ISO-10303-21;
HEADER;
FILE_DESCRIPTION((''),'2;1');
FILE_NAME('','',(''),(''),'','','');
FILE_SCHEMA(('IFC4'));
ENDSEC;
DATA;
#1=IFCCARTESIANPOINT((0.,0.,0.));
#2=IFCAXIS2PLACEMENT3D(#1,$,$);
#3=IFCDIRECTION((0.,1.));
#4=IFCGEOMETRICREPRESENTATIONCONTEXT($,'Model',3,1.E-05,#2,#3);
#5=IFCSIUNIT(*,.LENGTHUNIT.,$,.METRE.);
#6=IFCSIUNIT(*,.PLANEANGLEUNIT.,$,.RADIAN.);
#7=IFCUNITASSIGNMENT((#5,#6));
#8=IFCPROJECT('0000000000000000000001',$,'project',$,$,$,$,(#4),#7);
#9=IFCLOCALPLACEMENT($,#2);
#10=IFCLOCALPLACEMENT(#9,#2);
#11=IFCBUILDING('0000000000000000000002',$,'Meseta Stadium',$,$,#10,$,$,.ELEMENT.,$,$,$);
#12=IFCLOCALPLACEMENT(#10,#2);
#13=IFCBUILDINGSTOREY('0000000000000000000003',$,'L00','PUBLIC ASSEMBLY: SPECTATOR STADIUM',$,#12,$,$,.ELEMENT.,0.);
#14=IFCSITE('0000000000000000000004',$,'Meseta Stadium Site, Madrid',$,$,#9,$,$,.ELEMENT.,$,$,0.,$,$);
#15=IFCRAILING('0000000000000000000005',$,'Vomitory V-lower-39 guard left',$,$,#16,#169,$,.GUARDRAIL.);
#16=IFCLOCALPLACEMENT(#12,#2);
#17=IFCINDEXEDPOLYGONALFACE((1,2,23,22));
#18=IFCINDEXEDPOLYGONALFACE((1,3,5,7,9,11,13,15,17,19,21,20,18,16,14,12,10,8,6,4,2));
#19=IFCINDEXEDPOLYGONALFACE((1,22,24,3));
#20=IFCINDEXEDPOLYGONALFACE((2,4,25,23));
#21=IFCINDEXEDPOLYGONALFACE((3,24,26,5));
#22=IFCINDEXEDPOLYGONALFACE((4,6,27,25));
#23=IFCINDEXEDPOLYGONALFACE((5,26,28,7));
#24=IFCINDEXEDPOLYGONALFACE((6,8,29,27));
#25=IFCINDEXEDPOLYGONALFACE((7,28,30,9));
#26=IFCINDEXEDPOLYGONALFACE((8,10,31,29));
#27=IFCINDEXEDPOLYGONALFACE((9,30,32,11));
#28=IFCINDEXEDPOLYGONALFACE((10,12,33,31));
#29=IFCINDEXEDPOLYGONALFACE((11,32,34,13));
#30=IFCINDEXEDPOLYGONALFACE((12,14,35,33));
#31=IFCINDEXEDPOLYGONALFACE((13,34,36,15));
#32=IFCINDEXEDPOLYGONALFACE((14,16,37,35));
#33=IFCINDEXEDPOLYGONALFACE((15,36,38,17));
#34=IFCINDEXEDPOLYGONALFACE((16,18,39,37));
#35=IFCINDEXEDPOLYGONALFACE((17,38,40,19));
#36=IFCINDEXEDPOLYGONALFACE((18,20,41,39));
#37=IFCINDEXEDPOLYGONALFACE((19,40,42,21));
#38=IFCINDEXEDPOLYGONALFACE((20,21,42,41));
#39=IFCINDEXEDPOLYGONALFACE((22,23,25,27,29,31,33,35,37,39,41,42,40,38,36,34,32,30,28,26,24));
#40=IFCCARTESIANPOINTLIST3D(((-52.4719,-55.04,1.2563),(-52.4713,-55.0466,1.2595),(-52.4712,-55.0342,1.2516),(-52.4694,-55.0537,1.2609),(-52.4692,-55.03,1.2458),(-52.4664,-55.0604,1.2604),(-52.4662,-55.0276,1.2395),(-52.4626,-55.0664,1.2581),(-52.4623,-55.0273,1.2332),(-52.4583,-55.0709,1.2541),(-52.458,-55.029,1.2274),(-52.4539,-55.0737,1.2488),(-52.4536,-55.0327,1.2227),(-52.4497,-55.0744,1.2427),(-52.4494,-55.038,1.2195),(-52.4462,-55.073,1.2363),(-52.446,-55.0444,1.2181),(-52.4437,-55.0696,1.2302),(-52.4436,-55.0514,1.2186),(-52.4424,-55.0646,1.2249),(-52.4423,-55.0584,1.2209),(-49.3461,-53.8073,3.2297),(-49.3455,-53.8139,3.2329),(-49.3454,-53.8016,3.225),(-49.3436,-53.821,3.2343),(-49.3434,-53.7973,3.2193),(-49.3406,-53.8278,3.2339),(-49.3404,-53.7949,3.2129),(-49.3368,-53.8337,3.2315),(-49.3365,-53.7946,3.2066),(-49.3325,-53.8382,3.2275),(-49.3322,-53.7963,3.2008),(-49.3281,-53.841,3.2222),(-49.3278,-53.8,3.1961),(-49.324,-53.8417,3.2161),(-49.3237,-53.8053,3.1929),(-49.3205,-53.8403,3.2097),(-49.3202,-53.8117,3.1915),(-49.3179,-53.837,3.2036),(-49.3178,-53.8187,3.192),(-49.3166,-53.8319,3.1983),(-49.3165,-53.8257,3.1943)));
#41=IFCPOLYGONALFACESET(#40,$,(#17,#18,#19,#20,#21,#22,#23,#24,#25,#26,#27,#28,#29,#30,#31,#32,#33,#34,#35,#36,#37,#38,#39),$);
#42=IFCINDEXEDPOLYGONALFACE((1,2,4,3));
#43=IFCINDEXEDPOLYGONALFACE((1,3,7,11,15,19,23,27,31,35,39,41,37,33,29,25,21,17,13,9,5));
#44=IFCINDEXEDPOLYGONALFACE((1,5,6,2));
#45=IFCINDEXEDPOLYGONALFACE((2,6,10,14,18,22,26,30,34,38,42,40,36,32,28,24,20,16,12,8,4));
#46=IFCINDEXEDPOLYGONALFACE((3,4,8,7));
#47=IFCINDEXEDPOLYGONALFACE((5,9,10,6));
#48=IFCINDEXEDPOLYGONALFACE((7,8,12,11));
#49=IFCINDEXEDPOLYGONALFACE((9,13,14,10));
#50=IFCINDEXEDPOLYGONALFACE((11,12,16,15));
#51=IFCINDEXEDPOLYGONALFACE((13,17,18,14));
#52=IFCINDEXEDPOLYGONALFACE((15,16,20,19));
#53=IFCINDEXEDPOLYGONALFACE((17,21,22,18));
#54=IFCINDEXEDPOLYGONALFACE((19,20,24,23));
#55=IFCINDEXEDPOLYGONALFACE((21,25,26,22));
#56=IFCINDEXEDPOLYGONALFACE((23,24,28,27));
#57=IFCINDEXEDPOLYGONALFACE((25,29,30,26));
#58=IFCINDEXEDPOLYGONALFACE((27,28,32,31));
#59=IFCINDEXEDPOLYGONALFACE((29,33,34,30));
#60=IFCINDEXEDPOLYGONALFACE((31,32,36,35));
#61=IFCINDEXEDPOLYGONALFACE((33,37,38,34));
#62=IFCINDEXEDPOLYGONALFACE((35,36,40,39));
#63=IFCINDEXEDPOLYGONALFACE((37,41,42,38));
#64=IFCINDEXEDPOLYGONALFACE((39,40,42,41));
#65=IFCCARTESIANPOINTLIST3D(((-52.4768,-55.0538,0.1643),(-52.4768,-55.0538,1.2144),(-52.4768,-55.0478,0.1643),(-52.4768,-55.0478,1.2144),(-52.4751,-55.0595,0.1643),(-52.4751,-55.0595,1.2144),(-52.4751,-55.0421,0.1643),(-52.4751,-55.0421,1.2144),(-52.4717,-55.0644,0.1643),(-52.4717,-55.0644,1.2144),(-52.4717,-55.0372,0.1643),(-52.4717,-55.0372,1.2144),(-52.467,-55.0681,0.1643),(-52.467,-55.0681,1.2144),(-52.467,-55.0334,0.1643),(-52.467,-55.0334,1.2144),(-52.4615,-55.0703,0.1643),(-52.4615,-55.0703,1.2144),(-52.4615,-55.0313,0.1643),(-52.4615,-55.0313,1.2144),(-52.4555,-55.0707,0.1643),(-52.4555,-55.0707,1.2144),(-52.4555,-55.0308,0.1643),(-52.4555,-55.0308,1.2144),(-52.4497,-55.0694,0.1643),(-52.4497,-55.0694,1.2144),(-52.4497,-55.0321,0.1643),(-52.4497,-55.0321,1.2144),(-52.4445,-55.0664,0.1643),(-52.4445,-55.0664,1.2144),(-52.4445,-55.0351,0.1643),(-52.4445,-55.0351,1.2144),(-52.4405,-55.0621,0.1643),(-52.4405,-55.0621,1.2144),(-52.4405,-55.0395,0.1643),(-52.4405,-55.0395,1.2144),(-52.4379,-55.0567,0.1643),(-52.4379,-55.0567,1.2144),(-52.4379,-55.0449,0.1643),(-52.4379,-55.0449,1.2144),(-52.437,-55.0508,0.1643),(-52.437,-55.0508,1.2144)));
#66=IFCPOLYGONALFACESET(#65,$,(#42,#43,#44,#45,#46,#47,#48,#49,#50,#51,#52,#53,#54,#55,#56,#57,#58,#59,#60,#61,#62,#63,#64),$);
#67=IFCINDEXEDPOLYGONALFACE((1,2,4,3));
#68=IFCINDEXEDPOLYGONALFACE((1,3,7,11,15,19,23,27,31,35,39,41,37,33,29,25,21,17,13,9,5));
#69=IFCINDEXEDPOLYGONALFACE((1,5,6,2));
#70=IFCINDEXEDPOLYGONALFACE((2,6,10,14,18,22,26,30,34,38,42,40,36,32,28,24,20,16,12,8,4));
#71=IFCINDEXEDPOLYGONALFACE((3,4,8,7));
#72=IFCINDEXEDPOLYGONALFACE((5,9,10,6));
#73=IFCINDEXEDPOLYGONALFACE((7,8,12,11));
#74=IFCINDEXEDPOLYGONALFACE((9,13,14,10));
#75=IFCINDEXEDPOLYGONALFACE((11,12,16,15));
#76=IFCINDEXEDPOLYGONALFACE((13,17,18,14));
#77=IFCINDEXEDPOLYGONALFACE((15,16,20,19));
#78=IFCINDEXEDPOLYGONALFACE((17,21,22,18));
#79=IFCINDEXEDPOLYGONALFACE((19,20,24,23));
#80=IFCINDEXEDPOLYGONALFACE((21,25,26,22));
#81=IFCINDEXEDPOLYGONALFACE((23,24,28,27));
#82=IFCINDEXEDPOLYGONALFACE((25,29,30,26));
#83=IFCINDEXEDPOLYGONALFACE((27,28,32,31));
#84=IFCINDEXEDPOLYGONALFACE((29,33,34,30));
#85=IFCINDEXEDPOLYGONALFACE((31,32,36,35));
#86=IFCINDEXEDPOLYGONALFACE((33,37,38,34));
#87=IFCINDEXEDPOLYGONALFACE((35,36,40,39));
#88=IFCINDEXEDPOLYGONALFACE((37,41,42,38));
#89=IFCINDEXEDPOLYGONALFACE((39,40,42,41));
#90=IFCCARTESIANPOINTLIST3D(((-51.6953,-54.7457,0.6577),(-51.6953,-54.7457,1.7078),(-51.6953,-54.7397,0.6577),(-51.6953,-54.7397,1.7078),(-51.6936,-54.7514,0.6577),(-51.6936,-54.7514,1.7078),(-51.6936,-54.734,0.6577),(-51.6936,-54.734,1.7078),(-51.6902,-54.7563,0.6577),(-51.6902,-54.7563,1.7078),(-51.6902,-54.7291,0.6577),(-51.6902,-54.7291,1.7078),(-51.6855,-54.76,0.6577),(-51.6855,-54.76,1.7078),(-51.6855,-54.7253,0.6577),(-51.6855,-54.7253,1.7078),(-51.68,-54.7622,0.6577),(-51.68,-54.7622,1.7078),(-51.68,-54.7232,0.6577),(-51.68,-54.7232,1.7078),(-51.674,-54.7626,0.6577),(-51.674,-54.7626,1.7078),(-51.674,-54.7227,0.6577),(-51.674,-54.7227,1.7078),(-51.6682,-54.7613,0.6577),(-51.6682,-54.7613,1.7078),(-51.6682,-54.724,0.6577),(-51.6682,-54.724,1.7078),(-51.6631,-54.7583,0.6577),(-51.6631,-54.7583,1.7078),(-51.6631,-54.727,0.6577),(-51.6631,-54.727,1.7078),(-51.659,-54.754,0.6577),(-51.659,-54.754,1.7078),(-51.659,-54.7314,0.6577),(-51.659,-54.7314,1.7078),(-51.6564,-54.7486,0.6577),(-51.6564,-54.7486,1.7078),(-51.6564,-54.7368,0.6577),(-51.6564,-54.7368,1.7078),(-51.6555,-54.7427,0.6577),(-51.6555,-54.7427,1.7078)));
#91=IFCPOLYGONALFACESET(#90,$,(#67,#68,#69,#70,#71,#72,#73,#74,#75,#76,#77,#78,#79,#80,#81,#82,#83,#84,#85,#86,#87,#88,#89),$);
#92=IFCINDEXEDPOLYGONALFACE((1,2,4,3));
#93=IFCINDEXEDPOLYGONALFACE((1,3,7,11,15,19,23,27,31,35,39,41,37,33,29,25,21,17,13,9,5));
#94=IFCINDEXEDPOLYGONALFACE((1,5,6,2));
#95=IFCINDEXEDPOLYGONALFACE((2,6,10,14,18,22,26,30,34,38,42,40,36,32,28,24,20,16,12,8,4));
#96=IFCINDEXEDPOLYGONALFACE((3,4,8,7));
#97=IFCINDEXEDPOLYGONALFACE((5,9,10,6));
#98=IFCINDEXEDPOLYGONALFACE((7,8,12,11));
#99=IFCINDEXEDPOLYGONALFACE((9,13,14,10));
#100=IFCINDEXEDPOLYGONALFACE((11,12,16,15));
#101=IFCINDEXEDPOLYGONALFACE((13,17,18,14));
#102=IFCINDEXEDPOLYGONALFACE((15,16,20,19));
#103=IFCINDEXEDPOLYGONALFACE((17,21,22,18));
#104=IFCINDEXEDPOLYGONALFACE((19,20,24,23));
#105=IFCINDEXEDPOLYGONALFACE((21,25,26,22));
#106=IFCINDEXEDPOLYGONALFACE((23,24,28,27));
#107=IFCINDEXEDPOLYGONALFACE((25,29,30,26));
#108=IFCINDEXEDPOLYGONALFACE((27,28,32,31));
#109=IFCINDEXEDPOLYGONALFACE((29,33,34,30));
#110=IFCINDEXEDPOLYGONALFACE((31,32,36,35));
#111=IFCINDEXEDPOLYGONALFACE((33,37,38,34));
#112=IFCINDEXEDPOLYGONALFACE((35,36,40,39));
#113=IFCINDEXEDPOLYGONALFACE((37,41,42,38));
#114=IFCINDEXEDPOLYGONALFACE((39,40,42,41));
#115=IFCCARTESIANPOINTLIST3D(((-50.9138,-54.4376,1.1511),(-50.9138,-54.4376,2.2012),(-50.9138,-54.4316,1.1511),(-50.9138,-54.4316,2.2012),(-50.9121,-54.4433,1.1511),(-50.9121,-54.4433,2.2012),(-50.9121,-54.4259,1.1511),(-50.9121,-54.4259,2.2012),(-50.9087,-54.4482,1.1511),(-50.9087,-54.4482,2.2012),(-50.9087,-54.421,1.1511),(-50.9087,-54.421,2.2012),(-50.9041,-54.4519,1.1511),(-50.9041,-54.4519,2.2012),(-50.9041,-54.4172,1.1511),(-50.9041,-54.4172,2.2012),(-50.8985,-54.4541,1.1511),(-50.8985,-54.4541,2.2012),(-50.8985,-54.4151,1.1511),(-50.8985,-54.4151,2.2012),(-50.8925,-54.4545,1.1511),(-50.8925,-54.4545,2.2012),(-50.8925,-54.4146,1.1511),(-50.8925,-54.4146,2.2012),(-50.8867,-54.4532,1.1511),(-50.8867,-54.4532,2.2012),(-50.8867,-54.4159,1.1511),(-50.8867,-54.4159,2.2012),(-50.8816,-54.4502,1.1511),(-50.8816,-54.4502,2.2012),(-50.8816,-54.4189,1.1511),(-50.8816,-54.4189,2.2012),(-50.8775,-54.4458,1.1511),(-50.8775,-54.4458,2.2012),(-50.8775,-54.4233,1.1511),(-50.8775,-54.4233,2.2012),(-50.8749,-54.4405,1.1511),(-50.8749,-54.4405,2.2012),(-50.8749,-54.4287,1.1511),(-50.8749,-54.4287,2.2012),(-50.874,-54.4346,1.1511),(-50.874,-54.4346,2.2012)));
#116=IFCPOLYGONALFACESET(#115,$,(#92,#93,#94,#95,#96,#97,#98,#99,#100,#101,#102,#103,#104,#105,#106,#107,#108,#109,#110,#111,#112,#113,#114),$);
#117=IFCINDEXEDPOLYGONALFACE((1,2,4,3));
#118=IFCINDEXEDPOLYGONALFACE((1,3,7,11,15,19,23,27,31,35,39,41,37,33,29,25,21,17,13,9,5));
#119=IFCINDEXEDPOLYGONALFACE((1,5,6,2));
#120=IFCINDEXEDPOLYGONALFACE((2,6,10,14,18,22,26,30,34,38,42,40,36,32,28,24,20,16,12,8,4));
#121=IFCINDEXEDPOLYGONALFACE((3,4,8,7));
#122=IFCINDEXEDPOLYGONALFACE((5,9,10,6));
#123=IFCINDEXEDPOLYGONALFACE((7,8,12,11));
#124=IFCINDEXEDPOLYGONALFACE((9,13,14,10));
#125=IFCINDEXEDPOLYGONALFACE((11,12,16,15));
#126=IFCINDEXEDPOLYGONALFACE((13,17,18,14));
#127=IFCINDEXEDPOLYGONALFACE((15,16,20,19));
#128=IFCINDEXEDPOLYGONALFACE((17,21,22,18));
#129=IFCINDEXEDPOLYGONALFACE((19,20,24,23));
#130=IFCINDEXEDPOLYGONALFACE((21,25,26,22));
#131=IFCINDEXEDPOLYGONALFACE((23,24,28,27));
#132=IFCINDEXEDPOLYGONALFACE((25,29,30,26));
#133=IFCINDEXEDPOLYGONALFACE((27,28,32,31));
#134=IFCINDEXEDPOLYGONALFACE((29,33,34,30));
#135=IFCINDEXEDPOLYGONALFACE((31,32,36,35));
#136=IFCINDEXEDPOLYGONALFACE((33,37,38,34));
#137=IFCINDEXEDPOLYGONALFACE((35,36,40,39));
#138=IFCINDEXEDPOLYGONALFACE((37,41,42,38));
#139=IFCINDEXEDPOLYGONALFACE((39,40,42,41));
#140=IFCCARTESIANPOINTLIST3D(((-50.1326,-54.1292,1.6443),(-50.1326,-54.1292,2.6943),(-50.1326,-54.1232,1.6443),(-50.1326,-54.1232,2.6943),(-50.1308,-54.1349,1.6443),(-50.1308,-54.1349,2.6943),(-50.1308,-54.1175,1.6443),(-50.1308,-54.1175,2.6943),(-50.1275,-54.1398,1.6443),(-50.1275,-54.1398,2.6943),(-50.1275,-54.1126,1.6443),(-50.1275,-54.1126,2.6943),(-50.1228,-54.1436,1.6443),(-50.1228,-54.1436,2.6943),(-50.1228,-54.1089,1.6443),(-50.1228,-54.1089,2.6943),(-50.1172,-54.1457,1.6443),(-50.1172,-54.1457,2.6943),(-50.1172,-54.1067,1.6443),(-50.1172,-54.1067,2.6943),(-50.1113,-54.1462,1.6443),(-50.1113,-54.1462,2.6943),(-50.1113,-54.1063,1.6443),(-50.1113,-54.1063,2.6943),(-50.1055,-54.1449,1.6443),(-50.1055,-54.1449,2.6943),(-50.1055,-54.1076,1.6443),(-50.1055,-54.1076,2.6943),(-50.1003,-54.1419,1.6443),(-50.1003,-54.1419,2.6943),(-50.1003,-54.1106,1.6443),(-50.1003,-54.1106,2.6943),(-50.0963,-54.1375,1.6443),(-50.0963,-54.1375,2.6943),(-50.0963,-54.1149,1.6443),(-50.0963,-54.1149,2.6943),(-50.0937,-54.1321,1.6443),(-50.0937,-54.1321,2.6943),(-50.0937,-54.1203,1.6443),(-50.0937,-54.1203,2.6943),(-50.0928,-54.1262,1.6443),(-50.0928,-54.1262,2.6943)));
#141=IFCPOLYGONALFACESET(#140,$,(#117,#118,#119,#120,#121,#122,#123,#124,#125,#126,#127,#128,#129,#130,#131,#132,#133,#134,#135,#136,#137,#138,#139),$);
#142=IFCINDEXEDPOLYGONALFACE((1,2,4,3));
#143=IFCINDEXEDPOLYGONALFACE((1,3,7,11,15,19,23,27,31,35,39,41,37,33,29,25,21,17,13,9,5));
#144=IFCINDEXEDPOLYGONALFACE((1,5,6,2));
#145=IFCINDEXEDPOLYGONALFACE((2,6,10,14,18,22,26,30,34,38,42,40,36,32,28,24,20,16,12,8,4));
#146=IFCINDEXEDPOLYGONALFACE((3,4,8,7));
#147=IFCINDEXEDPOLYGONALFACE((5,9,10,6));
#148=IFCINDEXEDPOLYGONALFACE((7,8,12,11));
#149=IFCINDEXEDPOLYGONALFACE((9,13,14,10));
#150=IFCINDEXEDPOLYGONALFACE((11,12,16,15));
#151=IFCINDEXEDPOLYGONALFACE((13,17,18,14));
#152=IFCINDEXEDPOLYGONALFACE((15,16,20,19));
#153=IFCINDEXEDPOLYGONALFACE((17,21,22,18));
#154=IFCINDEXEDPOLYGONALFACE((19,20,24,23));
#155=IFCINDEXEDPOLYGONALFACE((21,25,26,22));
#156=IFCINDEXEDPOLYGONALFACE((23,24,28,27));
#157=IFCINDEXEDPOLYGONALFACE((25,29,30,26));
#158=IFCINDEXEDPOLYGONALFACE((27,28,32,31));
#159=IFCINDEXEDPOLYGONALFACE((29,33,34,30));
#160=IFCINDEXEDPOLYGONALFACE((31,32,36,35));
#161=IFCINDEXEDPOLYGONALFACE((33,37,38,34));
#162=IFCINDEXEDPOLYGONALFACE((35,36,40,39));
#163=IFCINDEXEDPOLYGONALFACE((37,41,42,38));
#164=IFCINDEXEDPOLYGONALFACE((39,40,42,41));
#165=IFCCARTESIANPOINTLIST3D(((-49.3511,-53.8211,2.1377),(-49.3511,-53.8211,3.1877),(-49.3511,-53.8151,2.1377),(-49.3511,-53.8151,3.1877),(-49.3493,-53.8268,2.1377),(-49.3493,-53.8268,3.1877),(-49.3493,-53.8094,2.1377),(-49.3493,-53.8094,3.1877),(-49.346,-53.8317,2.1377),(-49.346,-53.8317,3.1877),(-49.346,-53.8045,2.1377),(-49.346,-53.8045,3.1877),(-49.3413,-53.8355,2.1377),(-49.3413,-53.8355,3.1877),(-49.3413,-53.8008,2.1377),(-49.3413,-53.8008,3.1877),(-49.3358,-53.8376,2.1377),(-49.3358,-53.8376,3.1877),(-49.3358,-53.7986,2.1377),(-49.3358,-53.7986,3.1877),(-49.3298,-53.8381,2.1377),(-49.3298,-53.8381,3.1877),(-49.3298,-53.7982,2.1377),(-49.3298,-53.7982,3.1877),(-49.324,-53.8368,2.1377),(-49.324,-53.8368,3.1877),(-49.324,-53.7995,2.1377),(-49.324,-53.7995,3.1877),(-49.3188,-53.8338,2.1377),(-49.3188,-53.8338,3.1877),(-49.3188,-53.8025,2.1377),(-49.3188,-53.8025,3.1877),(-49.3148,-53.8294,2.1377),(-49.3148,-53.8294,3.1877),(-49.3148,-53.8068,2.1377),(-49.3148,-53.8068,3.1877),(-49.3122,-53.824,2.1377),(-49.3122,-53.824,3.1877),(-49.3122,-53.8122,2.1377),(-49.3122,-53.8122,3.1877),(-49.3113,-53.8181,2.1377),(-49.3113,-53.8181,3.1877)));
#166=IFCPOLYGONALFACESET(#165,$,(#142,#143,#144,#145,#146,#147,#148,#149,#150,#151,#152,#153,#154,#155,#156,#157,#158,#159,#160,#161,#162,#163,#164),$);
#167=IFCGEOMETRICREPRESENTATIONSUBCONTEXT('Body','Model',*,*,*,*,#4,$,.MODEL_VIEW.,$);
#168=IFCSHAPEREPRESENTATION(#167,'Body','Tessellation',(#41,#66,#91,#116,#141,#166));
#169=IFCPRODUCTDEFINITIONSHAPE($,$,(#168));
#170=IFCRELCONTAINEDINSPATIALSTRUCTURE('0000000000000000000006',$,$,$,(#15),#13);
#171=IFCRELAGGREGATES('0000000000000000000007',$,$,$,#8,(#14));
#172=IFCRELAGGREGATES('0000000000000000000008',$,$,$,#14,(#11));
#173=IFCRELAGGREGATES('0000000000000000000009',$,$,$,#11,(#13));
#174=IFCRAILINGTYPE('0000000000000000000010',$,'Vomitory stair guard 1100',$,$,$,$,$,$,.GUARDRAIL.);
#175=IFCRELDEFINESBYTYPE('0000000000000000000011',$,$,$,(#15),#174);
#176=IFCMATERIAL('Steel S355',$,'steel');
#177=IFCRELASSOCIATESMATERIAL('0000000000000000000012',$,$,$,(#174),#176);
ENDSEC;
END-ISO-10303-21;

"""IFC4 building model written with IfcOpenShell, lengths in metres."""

from ifc_helpers import new_model, si_unit, direction, frame, origin, origin_2d, place, context, subcontext, project, spatial, circle, extrude, material, type_object, element, save


model = new_model("IFC4")

# Units and contexts
model_context = context("Model", 3, precision=1e-05, world=origin(), true_north=direction((0.0, 1.0)))
body_context = subcontext(model_context, "Body", "Model", "MODEL_VIEW")
ifc_project = project(units=[si_unit("LENGTHUNIT", "METRE"), si_unit("PLANEANGLEUNIT", "RADIAN")], contexts=[model_context])

# Site, building, storey
site_placement = place(None, origin())
site = spatial("IfcSite", under=ifc_project, at=site_placement, Name="Meseta Stadium Site, Madrid", CompositionType="ELEMENT", RefElevation=0.0)
building_placement = place(site_placement, origin())
building = spatial("IfcBuilding", under=site, at=building_placement, Name="Meseta Stadium", CompositionType="ELEMENT")
storey_placement = place(building_placement, origin())
storey = spatial("IfcBuildingStorey", under=building, at=storey_placement, Name="L00", Description="PUBLIC ASSEMBLY: SPECTATOR STADIUM", CompositionType="ELEMENT", Elevation=0.0)

# Railing
ifc_material_1 = material(Name="Steel S355", Category="steel")
railing_type_1 = type_object("IfcRailingType", Name="Vomitory stair guard 1100", PredefinedType="GUARDRAIL", material=ifc_material_1)
railing_1_placement = place(storey_placement, frame((-52.457, -55.0508, 0.1643)))
element("IfcRailing", 1, at=railing_1_placement, inside=storey, type_object=railing_type_1, Name="Vomitory V-lower-39 guard left", PredefinedType="GUARDRAIL", context=body_context, shape_type="SweptSolid", body=[
    extrude(circle(Radius=0.0249, at=origin_2d()), frame((0.0, 0.0, 1.0752), z_axis=(0.802158, 0.316339, 0.506431), x_axis=(-0.366864, 0.930275, 0.0)), (0.0, 0.0, 1.0), 3.8967),
    extrude(circle(Radius=0.02, at=origin_2d()), origin(), (0.0, 0.0, 1.0), 1.05),
    extrude(circle(Radius=0.02, at=origin_2d()), frame((0.7815, 0.3081, 0.4934)), (0.0, 0.0, 1.0), 1.05),
    extrude(circle(Radius=0.02, at=origin_2d()), frame((1.563, 0.6162, 0.9868)), (0.0, 0.0, 1.0), 1.05),
    extrude(circle(Radius=0.02, at=origin_2d()), frame((2.3442, 0.9246, 1.48)), (0.0, 0.0, 1.0), 1.05),
    extrude(circle(Radius=0.02, at=origin_2d()), frame((3.1257, 1.2327, 1.9734)), (0.0, 0.0, 1.0), 1.05),
])

save(model, "model.ifc")
